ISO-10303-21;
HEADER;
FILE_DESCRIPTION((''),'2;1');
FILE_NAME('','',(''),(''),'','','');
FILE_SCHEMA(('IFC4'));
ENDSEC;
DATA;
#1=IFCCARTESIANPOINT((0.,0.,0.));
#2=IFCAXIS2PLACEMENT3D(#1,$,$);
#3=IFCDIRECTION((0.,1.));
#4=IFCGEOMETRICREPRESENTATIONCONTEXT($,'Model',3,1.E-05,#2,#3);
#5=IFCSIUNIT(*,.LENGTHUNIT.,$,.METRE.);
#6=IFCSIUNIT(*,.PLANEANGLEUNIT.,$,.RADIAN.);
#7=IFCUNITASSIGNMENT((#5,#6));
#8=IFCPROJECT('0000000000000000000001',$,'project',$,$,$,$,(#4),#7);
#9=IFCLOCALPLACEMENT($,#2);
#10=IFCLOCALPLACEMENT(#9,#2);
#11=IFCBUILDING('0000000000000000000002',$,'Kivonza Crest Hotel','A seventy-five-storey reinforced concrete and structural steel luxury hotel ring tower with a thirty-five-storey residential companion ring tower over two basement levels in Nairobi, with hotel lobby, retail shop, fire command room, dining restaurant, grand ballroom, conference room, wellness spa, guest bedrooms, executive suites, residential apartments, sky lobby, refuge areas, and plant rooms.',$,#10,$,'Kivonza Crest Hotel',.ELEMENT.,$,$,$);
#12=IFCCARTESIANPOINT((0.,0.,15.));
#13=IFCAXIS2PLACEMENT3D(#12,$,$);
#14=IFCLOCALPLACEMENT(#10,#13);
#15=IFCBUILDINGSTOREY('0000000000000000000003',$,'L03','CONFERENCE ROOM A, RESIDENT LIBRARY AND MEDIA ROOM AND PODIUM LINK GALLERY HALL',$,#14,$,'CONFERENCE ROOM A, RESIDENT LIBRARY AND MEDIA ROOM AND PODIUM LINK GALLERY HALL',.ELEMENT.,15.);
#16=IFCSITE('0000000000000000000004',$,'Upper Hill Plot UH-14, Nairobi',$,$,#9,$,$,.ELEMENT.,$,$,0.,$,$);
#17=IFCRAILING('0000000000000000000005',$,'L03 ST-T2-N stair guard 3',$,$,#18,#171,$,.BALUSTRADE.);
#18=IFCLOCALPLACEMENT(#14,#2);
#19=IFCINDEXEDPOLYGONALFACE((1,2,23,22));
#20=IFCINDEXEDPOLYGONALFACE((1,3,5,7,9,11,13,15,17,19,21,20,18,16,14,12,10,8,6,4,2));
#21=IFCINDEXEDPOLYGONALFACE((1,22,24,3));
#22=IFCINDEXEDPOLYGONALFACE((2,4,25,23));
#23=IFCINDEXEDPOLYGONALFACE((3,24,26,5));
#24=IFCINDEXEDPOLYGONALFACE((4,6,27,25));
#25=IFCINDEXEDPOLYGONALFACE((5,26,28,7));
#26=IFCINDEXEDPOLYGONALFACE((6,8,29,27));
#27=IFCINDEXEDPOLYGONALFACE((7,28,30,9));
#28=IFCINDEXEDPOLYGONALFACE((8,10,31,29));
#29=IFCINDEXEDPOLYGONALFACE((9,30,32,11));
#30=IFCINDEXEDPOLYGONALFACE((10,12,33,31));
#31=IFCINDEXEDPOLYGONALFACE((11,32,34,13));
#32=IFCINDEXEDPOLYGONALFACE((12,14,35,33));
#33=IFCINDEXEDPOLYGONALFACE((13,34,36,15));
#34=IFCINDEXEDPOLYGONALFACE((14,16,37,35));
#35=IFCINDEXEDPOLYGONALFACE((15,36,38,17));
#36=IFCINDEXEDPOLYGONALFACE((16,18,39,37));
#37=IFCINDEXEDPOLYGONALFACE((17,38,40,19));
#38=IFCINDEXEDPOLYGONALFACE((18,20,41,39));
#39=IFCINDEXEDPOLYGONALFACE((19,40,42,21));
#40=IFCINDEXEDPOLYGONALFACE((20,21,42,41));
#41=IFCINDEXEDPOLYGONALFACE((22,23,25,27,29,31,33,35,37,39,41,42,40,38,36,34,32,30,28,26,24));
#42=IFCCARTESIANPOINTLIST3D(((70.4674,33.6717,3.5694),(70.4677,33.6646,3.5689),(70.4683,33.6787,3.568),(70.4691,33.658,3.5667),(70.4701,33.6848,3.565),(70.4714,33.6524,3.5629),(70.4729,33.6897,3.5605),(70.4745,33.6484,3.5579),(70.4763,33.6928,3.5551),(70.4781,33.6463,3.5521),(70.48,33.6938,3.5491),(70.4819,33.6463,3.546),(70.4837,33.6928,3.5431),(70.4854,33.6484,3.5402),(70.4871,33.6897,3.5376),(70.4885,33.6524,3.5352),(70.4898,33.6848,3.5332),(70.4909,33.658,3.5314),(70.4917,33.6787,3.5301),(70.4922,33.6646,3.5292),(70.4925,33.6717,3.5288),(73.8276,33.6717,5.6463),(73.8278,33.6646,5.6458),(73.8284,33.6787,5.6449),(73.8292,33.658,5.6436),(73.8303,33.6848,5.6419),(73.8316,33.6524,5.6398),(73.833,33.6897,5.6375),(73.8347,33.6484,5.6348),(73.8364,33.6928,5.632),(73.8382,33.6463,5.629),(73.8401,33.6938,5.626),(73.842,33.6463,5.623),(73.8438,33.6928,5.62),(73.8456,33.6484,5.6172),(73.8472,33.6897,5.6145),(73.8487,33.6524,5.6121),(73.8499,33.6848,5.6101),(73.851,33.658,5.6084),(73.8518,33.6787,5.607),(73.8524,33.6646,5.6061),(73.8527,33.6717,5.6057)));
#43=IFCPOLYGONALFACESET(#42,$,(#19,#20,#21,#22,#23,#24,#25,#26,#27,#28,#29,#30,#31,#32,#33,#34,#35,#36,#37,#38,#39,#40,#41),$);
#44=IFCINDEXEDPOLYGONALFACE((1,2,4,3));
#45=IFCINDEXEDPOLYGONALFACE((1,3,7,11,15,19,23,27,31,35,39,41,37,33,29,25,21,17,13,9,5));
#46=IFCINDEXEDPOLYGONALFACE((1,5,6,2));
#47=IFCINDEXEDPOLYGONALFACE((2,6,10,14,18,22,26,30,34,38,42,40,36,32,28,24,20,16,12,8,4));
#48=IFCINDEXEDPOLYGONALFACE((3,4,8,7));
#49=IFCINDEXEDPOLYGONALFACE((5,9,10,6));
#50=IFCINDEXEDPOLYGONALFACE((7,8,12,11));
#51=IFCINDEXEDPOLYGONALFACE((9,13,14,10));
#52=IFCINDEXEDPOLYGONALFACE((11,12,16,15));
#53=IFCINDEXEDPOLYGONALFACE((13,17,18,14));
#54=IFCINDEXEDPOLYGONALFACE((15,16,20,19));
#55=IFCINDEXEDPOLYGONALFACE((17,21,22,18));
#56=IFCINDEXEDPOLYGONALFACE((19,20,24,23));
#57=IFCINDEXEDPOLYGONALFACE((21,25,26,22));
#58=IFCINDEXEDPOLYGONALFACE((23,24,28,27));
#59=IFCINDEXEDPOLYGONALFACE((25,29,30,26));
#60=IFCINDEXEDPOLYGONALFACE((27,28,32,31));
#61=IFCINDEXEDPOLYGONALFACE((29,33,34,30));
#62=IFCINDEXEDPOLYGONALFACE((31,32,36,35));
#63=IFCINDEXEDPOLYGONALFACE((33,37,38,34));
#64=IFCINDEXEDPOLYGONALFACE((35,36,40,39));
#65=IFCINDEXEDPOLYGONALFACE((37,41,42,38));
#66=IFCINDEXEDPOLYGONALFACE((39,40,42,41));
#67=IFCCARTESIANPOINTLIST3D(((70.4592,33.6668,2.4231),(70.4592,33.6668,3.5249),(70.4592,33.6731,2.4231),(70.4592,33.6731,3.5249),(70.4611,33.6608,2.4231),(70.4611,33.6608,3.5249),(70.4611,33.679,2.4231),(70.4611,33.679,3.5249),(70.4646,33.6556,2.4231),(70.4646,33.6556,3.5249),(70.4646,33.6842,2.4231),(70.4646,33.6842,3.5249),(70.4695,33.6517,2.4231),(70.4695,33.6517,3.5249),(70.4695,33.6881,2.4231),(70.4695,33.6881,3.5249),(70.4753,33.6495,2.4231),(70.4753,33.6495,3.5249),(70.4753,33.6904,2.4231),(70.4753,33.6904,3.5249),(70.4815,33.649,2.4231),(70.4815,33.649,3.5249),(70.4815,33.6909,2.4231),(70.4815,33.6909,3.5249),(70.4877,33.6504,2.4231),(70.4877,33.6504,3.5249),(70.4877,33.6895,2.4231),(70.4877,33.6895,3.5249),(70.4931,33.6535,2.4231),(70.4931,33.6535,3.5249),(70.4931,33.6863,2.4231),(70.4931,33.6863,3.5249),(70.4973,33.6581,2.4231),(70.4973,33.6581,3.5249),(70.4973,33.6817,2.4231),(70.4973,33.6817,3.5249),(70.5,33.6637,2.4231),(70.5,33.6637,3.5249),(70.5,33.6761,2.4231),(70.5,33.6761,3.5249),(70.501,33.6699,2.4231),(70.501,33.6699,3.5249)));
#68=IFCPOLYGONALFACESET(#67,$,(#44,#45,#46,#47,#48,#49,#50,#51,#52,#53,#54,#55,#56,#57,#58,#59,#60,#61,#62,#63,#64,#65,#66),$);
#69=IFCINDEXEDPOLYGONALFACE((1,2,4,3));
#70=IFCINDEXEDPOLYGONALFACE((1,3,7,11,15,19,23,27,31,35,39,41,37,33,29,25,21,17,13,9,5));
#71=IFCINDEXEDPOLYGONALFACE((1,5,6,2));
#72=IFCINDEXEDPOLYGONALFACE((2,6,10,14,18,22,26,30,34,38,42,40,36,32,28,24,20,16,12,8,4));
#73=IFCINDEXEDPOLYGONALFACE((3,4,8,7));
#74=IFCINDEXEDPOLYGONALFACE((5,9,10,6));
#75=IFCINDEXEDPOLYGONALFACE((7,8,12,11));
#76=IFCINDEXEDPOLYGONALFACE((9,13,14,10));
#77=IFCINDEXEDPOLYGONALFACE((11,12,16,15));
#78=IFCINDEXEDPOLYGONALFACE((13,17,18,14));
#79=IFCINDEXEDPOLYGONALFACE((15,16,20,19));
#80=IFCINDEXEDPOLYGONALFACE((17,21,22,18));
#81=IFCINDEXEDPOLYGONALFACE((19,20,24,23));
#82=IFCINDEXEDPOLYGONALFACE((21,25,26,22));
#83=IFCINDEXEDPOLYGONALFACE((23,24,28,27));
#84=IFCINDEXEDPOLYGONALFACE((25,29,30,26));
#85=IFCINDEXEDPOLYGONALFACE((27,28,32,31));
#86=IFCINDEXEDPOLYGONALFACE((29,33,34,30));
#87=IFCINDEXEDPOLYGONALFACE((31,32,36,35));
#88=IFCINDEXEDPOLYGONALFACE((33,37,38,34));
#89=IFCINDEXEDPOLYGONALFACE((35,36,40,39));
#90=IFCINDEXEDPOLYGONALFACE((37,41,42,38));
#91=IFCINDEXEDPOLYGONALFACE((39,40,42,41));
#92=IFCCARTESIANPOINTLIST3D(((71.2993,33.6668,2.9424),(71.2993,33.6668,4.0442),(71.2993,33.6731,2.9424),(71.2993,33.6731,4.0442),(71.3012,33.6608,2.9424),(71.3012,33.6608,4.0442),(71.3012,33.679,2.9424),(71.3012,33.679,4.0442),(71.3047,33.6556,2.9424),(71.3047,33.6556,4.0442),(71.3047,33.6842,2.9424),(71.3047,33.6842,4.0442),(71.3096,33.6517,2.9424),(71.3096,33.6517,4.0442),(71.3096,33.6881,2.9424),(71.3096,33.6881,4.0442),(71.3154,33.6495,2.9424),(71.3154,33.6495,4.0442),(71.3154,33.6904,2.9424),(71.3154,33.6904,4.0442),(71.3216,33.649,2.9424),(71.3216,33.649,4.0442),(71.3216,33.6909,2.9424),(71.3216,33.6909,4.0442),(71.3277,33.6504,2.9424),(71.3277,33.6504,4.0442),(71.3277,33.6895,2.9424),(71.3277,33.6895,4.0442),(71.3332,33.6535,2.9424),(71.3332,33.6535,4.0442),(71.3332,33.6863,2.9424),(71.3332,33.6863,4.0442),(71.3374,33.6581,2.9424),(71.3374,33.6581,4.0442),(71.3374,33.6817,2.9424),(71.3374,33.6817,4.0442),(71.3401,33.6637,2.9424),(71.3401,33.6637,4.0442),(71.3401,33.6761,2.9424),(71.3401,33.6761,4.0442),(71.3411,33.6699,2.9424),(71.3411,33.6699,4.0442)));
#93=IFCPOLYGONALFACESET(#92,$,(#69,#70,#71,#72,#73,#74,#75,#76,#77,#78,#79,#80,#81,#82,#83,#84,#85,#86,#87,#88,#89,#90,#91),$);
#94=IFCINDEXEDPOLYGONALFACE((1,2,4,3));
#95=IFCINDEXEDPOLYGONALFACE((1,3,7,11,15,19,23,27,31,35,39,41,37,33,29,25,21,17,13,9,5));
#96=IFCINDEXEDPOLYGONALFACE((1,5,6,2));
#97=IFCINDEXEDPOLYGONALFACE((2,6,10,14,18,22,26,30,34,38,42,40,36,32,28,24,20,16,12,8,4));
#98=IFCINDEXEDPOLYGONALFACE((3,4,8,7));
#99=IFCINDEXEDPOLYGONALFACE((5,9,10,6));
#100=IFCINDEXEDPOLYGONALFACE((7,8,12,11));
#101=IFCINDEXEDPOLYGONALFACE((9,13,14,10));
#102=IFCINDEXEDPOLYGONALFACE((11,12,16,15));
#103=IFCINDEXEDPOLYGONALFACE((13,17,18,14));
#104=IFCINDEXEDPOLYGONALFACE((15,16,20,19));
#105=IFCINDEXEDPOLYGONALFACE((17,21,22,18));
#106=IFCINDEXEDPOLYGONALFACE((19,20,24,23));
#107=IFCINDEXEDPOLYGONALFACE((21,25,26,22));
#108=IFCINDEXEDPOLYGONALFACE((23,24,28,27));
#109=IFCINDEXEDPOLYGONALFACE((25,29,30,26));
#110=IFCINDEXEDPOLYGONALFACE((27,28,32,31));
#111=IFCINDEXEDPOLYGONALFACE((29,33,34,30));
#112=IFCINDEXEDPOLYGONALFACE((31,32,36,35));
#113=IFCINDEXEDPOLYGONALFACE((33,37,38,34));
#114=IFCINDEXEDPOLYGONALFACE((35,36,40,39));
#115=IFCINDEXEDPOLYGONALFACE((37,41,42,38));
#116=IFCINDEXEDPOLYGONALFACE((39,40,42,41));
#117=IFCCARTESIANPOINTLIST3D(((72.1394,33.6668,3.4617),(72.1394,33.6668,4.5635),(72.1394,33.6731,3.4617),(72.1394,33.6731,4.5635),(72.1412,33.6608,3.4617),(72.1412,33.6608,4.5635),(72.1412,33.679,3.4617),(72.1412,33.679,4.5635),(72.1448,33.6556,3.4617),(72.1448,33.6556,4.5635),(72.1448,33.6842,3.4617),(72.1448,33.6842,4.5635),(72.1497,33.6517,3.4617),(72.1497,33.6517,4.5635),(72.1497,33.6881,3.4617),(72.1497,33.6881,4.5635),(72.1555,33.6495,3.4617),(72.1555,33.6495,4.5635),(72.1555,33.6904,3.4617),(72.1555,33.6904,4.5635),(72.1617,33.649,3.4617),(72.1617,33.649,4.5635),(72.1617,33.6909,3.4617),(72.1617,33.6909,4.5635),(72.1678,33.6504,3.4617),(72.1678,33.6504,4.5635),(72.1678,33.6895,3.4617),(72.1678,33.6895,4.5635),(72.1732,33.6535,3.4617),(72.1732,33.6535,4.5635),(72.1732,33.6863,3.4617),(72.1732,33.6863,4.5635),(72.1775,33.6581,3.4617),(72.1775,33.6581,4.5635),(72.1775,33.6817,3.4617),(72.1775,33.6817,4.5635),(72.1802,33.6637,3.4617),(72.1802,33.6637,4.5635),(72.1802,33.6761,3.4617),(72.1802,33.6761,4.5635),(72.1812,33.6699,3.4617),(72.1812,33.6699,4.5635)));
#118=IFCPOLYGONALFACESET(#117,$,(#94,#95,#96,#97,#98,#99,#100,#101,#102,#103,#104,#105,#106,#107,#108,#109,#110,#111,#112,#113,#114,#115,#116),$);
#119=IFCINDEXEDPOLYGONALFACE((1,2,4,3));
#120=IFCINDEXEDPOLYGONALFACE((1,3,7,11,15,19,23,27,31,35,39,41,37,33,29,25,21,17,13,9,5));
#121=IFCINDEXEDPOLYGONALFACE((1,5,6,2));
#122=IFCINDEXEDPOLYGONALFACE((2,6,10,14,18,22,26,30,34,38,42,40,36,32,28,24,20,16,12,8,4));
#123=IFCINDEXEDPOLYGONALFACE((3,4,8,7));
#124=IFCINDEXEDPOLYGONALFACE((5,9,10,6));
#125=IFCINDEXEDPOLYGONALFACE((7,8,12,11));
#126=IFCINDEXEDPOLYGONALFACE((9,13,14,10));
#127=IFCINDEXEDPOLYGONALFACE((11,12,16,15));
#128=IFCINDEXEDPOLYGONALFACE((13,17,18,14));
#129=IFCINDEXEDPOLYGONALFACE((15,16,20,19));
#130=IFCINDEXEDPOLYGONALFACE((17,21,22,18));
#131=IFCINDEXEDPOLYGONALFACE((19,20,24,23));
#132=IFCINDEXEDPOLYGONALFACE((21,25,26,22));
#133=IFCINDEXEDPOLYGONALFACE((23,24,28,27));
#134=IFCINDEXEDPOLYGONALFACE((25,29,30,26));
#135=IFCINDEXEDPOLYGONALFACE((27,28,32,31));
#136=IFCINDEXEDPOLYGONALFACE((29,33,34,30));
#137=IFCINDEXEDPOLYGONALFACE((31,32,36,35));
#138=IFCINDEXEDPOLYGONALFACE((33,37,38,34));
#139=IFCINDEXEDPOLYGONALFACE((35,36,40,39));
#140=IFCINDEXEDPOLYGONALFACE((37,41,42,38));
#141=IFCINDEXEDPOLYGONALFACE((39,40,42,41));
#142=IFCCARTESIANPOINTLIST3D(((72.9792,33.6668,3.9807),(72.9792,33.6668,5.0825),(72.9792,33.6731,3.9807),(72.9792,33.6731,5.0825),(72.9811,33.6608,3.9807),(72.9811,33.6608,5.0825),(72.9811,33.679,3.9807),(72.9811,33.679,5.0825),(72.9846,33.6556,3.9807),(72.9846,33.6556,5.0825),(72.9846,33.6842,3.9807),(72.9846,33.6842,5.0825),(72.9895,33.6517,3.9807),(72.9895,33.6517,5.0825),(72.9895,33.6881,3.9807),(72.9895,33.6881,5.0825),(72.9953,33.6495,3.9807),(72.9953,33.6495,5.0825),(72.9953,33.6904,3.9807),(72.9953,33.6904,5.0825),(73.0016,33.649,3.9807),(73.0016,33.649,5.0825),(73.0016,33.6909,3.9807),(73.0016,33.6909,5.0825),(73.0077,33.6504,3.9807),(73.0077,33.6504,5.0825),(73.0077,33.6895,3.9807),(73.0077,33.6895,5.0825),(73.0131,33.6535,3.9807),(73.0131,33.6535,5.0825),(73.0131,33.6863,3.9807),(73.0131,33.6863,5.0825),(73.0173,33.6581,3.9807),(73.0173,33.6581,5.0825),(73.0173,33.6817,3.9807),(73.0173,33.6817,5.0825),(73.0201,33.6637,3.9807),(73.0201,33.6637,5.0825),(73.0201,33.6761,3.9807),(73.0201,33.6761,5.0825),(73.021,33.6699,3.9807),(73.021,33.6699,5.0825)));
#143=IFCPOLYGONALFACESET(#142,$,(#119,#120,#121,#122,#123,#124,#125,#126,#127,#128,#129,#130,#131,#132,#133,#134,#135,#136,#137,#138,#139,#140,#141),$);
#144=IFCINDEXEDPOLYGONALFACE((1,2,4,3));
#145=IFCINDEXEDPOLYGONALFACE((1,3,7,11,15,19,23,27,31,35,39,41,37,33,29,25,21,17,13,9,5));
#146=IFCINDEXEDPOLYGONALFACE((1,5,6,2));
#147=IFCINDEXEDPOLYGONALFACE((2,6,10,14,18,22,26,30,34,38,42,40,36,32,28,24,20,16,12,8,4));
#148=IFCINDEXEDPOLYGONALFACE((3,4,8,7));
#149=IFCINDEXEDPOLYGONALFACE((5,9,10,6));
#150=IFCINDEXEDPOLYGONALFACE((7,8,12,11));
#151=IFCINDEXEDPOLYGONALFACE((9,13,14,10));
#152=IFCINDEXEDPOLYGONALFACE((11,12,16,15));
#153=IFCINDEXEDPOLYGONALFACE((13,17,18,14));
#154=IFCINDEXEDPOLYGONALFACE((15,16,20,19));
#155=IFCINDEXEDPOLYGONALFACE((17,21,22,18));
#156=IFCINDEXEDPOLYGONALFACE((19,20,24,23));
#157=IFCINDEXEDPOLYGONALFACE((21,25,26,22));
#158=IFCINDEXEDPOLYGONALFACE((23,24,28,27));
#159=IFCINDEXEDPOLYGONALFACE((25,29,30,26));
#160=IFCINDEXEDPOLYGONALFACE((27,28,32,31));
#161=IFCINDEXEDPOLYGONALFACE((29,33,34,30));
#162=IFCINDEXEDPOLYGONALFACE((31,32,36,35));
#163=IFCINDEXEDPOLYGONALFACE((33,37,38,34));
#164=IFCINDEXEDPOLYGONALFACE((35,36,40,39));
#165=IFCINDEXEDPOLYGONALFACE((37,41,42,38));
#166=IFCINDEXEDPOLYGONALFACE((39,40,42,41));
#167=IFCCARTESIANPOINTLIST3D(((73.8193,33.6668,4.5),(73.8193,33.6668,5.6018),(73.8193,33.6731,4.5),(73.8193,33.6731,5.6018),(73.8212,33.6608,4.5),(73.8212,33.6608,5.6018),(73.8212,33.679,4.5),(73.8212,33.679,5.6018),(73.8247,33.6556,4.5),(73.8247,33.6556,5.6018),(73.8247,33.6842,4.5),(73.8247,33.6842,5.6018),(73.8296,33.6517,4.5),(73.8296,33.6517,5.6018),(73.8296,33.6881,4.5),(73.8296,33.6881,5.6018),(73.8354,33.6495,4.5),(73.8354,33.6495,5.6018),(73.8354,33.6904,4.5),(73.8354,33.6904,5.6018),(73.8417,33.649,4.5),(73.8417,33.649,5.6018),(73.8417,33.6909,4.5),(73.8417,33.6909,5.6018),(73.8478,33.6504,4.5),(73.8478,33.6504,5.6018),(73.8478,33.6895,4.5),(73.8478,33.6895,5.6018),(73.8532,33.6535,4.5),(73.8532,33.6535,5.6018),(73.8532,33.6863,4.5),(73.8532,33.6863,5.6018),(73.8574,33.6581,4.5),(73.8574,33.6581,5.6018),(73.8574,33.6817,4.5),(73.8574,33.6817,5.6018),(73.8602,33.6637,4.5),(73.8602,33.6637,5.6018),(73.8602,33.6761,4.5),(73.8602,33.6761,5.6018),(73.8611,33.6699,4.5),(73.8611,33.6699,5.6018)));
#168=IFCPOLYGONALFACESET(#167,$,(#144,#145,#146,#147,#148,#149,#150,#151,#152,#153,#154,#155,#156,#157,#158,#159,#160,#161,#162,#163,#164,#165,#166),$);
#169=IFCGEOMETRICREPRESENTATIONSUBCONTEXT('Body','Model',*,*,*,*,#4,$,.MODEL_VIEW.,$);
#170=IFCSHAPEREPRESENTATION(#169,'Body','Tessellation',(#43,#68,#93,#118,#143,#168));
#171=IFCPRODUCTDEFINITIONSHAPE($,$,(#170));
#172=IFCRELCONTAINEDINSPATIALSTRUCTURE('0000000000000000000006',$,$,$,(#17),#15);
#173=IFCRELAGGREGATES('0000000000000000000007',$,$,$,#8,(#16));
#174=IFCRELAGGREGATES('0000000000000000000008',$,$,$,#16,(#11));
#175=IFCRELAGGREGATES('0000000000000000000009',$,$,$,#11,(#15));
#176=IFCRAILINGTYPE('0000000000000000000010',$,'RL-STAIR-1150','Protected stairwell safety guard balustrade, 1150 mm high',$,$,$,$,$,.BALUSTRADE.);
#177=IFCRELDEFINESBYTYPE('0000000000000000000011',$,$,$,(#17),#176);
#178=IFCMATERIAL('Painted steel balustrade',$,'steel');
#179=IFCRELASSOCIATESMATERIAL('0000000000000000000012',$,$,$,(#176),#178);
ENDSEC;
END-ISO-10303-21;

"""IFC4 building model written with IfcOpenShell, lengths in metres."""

from ifc_helpers import new_model, si_unit, direction, frame, origin, origin_2d, place, context, subcontext, project, spatial, circle, extrude, material, type_object, element, save


model = new_model("IFC4")

# Units and contexts
model_context = context("Model", 3, precision=1e-05, world=origin(), true_north=direction((0.0, 1.0)))
body_context = subcontext(model_context, "Body", "Model", "MODEL_VIEW")
ifc_project = project(units=[si_unit("LENGTHUNIT", "METRE"), si_unit("PLANEANGLEUNIT", "RADIAN")], contexts=[model_context])

# Site, building, storey
site_placement = place(None, origin())
site = spatial("IfcSite", under=ifc_project, at=site_placement, Name="Upper Hill Plot UH-14, Nairobi", CompositionType="ELEMENT", RefElevation=0.0)
building_placement = place(site_placement, origin())
building = spatial("IfcBuilding", under=site, at=building_placement, Name="Kivonza Crest Hotel", Description="A seventy-five-storey reinforced concrete and structural steel luxury hotel ring tower with a thirty-five-storey residential companion ring tower over two basement levels in Nairobi, with hotel lobby, retail shop, fire command room, dining restaurant, grand ballroom, conference room, wellness spa, guest bedrooms, executive suites, residential apartments, sky lobby, refuge areas, and plant rooms.", LongName="Kivonza Crest Hotel", CompositionType="ELEMENT")
storey_placement = place(building_placement, frame((0.0, 0.0, 15.0)))
storey = spatial("IfcBuildingStorey", under=building, at=storey_placement, Name="L03", Description="CONFERENCE ROOM A, RESIDENT LIBRARY AND MEDIA ROOM AND PODIUM LINK GALLERY HALL", LongName="CONFERENCE ROOM A, RESIDENT LIBRARY AND MEDIA ROOM AND PODIUM LINK GALLERY HALL", CompositionType="ELEMENT", Elevation=15.0)

# Railing
ifc_material_1 = material(Name="Painted steel balustrade", Category="steel")
railing_type_1 = type_object("IfcRailingType", Name="RL-STAIR-1150", Description="Protected stairwell safety guard balustrade, 1150 mm high", PredefinedType="BALUSTRADE", material=ifc_material_1)
railing_1_placement = place(storey_placement, frame((70.48, 33.6699, 2.4231)))
element("IfcRailing", 1, at=railing_1_placement, inside=storey, type_object=railing_type_1, Name="L03 ST-T2-N stair guard 3", PredefinedType="BALUSTRADE", context=body_context, shape_type="SweptSolid", body=[
    extrude(circle(Radius=0.0239, at=origin_2d()), frame((0.0, 0.0, 1.126), z_axis=(0.850623, 0.0, 0.525776), x_axis=(0.0, 1.0, 0.0)), (0.0, 0.0, 1.0), 3.9502),
    extrude(circle(Radius=0.021, at=origin_2d()), origin(), (0.0, 0.0, 1.0), 1.1018),
    extrude(circle(Radius=0.021, at=origin_2d()), frame((0.8401, 0.0, 0.5193)), (0.0, 0.0, 1.0), 1.1018),
    extrude(circle(Radius=0.021, at=origin_2d()), frame((1.6802, 0.0, 1.0386)), (0.0, 0.0, 1.0), 1.1018),
    extrude(circle(Radius=0.021, at=origin_2d()), frame((2.52, 0.0, 1.5576)), (0.0, 0.0, 1.0), 1.1018),
    extrude(circle(Radius=0.021, at=origin_2d()), frame((3.3601, 0.0, 2.0769)), (0.0, 0.0, 1.0), 1.1018),
])

save(model, "model.ifc")
